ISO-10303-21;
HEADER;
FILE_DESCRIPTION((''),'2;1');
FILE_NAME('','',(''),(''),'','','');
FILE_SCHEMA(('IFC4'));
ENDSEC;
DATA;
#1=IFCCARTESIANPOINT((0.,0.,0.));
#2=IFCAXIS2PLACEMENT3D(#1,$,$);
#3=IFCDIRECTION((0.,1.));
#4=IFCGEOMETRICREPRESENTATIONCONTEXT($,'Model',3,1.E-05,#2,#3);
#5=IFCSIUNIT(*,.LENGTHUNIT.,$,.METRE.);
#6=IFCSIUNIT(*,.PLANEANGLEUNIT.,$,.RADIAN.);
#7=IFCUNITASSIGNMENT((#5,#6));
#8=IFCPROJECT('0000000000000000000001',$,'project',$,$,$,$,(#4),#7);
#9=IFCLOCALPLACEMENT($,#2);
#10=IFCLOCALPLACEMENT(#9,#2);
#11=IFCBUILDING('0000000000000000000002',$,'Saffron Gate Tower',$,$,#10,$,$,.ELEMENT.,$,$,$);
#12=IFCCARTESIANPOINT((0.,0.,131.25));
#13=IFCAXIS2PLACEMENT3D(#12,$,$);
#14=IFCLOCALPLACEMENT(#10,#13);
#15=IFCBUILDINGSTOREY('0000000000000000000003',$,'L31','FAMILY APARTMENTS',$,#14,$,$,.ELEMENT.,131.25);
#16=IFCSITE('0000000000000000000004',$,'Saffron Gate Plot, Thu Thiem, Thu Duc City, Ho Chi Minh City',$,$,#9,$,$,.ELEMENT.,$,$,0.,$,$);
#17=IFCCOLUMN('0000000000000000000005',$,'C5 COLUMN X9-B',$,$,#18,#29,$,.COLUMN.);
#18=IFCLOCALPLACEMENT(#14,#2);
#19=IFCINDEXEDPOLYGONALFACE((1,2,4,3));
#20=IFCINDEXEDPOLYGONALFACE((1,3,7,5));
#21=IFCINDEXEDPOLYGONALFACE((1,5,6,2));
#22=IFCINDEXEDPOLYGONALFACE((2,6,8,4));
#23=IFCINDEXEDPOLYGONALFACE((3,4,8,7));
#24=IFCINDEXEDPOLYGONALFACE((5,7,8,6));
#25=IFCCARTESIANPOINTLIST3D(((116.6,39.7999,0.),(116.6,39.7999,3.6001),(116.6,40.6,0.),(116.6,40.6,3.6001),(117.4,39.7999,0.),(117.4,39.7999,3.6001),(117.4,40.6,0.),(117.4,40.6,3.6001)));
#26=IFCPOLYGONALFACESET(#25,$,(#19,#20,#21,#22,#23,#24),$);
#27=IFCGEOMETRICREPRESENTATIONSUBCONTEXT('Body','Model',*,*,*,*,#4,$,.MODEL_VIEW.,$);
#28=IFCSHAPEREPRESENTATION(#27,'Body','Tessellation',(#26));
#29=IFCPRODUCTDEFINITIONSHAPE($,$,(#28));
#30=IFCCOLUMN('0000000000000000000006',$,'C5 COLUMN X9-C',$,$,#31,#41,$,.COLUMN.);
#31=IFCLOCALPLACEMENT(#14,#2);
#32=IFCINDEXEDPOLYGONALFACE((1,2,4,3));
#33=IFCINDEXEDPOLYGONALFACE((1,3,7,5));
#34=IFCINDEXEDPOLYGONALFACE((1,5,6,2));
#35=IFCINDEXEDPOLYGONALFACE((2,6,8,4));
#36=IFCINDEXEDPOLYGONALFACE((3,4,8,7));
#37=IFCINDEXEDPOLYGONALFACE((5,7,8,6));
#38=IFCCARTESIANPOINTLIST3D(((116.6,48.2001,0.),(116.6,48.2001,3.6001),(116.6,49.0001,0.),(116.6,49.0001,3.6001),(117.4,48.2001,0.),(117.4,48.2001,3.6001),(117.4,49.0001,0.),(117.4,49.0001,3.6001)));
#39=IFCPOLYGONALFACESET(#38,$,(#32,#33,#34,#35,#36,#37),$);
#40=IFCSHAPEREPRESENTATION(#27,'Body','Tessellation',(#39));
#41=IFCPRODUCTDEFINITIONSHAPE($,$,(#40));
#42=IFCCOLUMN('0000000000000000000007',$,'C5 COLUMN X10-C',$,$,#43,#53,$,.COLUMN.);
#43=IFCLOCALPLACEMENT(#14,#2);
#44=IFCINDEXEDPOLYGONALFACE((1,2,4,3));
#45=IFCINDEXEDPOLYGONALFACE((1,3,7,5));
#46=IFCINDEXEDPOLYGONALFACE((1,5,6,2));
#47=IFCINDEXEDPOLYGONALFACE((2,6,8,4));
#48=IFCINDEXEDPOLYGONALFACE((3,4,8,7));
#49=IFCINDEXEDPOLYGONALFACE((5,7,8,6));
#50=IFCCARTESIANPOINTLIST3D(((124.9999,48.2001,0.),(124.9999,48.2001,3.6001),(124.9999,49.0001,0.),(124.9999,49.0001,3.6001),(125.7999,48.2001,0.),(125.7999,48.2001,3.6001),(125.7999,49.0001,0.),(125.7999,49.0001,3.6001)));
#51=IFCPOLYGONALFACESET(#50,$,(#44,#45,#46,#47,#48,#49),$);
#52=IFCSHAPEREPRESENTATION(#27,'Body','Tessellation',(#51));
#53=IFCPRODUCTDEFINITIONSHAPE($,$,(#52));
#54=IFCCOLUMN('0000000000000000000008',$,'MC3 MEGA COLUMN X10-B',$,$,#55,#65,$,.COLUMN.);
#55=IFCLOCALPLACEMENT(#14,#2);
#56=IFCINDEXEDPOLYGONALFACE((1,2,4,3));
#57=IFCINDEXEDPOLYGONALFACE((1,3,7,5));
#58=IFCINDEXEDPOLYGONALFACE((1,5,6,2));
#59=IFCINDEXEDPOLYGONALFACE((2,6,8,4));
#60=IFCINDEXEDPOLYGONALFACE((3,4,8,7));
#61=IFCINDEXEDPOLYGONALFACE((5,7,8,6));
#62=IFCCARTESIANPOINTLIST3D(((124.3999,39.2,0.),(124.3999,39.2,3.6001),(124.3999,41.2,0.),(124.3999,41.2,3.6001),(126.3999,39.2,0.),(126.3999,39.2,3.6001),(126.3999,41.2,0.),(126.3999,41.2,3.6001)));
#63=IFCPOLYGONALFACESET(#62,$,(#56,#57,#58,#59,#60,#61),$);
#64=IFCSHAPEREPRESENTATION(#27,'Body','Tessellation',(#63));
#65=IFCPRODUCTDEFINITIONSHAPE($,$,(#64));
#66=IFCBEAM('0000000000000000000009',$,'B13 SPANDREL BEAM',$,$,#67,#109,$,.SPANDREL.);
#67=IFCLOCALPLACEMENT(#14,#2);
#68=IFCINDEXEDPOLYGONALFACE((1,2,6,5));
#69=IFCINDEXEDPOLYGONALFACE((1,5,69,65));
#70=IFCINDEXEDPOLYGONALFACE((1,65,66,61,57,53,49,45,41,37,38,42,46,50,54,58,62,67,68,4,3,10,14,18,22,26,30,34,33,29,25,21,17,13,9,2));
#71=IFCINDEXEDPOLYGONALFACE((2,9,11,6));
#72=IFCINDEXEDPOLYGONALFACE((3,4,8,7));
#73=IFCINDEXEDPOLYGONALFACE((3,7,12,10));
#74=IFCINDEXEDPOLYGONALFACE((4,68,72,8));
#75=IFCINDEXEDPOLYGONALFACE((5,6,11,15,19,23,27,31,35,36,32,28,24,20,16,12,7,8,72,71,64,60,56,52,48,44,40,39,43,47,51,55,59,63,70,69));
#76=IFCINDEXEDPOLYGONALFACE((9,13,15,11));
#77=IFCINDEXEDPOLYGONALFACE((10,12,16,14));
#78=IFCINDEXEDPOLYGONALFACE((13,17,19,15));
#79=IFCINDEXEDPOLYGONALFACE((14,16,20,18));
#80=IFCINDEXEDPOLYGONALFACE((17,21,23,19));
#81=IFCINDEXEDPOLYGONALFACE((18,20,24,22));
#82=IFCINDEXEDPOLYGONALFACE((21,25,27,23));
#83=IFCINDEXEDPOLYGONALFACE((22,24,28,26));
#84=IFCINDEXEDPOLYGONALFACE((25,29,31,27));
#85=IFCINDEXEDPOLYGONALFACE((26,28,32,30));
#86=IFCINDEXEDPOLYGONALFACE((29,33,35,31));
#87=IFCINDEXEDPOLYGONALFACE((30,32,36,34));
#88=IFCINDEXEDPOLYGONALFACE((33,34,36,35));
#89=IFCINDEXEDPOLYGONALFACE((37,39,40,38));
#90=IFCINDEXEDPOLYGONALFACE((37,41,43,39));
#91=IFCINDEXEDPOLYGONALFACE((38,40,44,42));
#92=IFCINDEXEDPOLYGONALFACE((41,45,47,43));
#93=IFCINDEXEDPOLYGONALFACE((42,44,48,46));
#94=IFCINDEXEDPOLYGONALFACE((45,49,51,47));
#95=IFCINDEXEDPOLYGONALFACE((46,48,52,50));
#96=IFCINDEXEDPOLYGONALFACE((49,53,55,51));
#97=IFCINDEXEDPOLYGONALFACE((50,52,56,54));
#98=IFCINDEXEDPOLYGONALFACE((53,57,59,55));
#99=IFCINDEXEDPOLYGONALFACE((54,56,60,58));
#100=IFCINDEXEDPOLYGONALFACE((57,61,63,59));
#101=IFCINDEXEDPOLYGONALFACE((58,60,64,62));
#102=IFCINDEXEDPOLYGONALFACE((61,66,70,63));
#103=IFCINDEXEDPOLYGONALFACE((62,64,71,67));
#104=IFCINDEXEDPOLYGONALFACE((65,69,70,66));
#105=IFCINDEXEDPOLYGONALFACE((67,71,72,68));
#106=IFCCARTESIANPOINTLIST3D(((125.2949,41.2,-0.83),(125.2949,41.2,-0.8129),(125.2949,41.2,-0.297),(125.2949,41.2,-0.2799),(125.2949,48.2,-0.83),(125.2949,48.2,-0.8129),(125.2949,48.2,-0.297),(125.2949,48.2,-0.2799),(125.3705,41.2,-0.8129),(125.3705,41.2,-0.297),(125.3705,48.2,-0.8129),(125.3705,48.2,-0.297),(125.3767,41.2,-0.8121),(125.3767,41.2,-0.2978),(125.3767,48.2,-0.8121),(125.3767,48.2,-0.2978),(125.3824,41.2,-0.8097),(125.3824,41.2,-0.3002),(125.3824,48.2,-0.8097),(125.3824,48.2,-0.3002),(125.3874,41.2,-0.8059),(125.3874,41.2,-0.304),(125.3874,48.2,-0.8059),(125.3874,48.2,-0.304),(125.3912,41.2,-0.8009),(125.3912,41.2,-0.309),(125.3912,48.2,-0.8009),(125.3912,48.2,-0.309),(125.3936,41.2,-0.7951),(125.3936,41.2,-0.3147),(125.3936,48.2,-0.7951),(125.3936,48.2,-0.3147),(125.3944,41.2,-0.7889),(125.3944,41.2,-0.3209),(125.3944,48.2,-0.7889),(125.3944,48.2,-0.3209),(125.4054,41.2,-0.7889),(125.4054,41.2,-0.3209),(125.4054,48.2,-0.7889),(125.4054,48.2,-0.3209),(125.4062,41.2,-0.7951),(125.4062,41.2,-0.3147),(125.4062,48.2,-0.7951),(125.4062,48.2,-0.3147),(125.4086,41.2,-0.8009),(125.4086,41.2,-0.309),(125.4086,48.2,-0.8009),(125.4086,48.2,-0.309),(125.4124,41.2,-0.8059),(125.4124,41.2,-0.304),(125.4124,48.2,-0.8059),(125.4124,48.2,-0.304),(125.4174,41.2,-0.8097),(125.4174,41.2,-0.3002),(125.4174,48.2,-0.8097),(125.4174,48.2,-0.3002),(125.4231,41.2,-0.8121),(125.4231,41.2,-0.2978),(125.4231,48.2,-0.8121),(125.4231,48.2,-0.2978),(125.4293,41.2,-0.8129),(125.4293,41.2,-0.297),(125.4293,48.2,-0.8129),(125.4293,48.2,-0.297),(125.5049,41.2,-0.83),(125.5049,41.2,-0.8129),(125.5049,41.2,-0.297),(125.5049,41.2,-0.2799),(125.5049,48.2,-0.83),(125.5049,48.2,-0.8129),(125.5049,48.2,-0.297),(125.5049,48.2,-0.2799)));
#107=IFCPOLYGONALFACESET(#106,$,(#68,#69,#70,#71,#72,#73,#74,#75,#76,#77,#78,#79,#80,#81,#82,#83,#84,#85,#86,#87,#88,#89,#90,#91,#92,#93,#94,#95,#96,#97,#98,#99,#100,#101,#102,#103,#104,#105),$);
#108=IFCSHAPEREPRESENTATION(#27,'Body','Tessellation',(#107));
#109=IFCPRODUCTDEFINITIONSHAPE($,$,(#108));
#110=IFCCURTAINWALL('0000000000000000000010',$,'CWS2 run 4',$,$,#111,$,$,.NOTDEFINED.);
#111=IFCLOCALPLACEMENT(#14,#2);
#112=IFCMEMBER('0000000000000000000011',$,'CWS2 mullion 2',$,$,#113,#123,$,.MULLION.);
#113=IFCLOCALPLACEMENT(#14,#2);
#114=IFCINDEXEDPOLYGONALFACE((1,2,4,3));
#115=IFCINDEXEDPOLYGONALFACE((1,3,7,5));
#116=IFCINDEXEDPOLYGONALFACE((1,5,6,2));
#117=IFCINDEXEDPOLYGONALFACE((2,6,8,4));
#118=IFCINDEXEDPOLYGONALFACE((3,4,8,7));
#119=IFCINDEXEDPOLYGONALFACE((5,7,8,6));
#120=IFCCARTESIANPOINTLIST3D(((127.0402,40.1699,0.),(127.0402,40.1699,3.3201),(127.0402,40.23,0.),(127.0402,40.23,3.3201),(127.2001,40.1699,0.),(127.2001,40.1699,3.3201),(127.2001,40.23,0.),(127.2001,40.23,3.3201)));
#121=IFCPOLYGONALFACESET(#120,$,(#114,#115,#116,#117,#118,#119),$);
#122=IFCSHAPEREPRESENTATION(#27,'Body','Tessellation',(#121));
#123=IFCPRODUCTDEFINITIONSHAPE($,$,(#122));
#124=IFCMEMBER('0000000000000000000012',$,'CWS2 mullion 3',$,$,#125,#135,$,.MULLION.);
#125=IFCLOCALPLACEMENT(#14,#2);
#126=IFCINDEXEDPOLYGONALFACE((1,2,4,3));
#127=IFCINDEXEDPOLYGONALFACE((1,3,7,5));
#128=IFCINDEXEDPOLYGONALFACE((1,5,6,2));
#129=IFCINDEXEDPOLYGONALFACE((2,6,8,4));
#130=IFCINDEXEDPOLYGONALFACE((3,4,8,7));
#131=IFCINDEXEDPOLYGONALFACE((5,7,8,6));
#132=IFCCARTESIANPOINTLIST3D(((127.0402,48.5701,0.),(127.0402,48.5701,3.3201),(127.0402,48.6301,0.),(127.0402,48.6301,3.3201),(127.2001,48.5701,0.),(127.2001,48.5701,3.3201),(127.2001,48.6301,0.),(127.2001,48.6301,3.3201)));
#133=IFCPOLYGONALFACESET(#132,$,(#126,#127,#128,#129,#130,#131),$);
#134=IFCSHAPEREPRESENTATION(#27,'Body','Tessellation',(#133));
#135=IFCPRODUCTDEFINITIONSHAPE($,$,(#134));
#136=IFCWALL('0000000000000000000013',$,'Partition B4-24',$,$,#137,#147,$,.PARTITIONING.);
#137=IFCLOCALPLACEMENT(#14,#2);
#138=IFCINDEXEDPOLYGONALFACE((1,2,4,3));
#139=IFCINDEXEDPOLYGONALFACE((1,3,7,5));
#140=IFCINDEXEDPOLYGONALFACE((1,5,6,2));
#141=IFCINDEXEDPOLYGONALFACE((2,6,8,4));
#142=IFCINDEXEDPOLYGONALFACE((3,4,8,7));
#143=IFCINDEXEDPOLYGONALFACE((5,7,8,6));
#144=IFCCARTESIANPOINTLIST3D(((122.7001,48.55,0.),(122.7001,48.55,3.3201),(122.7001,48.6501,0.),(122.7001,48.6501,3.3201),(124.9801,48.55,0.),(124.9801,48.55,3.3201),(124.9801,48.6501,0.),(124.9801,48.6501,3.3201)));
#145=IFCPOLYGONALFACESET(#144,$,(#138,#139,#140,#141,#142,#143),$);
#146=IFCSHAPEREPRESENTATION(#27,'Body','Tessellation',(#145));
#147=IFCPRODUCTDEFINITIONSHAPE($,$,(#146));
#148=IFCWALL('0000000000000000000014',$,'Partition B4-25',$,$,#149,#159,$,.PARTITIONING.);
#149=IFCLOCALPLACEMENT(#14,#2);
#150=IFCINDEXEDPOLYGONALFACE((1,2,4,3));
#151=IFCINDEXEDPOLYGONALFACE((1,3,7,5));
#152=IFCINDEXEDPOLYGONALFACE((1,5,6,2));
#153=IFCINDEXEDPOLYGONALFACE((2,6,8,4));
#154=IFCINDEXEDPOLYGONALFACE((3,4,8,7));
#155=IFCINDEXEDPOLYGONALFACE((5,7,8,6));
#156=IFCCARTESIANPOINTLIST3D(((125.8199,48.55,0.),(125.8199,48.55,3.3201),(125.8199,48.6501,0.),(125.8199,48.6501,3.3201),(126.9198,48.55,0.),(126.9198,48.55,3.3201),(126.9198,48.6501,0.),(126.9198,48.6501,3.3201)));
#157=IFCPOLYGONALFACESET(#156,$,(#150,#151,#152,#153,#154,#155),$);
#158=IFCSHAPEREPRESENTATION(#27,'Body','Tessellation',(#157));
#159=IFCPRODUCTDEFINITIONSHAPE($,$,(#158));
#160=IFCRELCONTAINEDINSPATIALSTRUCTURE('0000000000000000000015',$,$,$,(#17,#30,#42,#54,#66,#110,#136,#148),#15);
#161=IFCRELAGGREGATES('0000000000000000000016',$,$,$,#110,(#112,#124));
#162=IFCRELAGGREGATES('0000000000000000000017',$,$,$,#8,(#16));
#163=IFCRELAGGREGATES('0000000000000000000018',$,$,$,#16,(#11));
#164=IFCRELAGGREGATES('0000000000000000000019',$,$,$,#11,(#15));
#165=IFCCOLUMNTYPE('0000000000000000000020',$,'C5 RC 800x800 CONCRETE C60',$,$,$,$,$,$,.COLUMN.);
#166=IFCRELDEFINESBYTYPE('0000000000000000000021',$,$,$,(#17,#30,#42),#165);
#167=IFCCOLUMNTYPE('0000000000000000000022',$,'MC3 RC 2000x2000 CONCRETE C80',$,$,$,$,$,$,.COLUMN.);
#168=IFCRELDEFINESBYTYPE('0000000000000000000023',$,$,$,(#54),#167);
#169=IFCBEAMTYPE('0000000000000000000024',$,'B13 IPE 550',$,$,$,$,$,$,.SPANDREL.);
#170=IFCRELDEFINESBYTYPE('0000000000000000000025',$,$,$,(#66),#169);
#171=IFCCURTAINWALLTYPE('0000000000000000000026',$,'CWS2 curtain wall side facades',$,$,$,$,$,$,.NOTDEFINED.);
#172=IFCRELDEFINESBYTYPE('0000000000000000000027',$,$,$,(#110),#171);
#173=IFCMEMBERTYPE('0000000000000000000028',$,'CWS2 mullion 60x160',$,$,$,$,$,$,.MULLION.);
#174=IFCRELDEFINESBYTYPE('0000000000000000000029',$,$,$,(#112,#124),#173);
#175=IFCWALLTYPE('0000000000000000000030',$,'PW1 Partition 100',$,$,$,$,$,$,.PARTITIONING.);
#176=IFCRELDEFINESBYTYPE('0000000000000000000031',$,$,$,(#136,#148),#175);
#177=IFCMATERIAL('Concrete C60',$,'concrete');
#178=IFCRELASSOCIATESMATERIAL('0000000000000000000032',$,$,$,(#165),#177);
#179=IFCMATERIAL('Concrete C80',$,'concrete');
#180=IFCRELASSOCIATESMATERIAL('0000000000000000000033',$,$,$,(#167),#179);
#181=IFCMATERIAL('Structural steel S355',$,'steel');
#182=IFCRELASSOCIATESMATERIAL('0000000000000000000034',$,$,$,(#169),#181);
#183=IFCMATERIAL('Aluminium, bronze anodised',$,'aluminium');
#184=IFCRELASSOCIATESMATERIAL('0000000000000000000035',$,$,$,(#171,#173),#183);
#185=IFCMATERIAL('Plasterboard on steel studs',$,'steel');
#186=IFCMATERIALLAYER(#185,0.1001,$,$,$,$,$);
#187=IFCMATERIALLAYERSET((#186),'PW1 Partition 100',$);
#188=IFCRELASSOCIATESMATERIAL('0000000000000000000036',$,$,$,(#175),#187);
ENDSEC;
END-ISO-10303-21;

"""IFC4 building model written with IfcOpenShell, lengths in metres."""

from ifc_helpers import new_model, si_unit, direction, frame, frame_2d, origin, origin_2d, place, context, subcontext, project, spatial, rectangle, i_section, extrude, material, layer, layer_set, material_profile, profile_set, type_object, element, aggregate, save


model = new_model("IFC4")

# Units and contexts
model_context = context("Model", 3, precision=1e-05, world=origin(), true_north=direction((0.0, 1.0)))
body_context = subcontext(model_context, "Body", "Model", "MODEL_VIEW")
ifc_project = project(units=[si_unit("LENGTHUNIT", "METRE"), si_unit("PLANEANGLEUNIT", "RADIAN")], contexts=[model_context])

# Site, building, storey
site_placement = place(None, origin())
site = spatial("IfcSite", under=ifc_project, at=site_placement, Name="Saffron Gate Plot, Thu Thiem, Thu Duc City, Ho Chi Minh City", CompositionType="ELEMENT", RefElevation=0.0)
building_placement = place(site_placement, origin())
building = spatial("IfcBuilding", under=site, at=building_placement, Name="Saffron Gate Tower", CompositionType="ELEMENT")
storey_placement = place(building_placement, frame((0.0, 0.0, 131.25)))
storey = spatial("IfcBuildingStorey", under=building, at=storey_placement, Name="L31", Description="FAMILY APARTMENTS", CompositionType="ELEMENT", Elevation=131.25)

# Columns
ifc_material_1 = material(Name="Concrete C60", Category="concrete")
ifc_material_profile_1 = material_profile(ifc_material_1, rectangle(XDim=0.8, YDim=0.8, at=origin_2d()))
ifc_profile_set_1 = profile_set([ifc_material_profile_1], Name="Concrete C60")
column_type_1 = type_object("IfcColumnType", Name="C5 RC 800x800 CONCRETE C60", PredefinedType="COLUMN", material=ifc_profile_set_1)
for number, where, z_axis, x_axis, name in (
    (1, (117.0, 40.2, 0.0), (0.0, 0.0, 1.0), (1.0, 0.0, 0.0), "C5 COLUMN X9-B"),
    (2, (117.0, 48.6001, 0.0), (0.0, 0.0, 1.0), (1.0, 0.0, 0.0), "C5 COLUMN X9-C"),
    (3, (125.3999, 48.6001, 0.0), (0.0, 0.0, 1.0), (1.0, 0.0, 0.0), "C5 COLUMN X10-C"),
):
    element("IfcColumn", number, at=place(storey_placement, frame(where, z_axis=z_axis, x_axis=x_axis)), inside=storey, type_object=column_type_1, Name=name, PredefinedType="COLUMN", context=body_context, shape_type="SweptSolid", body=[
        extrude(rectangle(XDim=0.8, YDim=0.8, at=origin_2d()), origin(), (0.0, 0.0, 1.0), 3.6001),
    ])
ifc_material_2 = material(Name="Concrete C80", Category="concrete")
ifc_material_profile_2 = material_profile(ifc_material_2, rectangle(XDim=2.0, YDim=2.0, at=origin_2d()))
ifc_profile_set_2 = profile_set([ifc_material_profile_2], Name="Concrete C80")
column_type_2 = type_object("IfcColumnType", Name="MC3 RC 2000x2000 CONCRETE C80", PredefinedType="COLUMN", material=ifc_profile_set_2)
column_placement = place(storey_placement, frame((125.3999, 40.2, 0.0), z_axis=(0.0, 0.0, 1.0), x_axis=(1.0, 0.0, 0.0)))
element("IfcColumn", 4, at=column_placement, inside=storey, type_object=column_type_2, Name="MC3 MEGA COLUMN X10-B", PredefinedType="COLUMN", context=body_context, shape_type="SweptSolid", body=[
    extrude(rectangle(XDim=2.0, YDim=2.0, at=origin_2d()), origin(), (0.0, 0.0, 1.0), 3.6001),
])

# Beam
ifc_material_3 = material(Name="Structural steel S355", Category="steel")
ifc_material_profile_3 = material_profile(ifc_material_3, i_section(OverallWidth=0.21, OverallDepth=0.55, WebThickness=0.011, FlangeThickness=0.0171, FilletRadius=0.0239, at=origin_2d()))
ifc_profile_set_3 = profile_set([ifc_material_profile_3], Name="Structural steel S355")
beam_type = type_object("IfcBeamType", Name="B13 IPE 550", PredefinedType="SPANDREL", material=ifc_profile_set_3)
beam_placement = place(storey_placement, frame((125.3999, 41.2, -0.5549), z_axis=(0.0, 1.0, 0.0), x_axis=(-1.0, 0.0, 0.0)))
element("IfcBeam", 5, at=beam_placement, inside=storey, type_object=beam_type, Name="B13 SPANDREL BEAM", PredefinedType="SPANDREL", context=body_context, shape_type="SweptSolid", body=[
    extrude(i_section(OverallWidth=0.21, OverallDepth=0.55, WebThickness=0.011, FlangeThickness=0.0171, FilletRadius=0.0239, at=origin_2d()), origin(), (0.0, 0.0, 1.0), 7.0),
])

# Curtain wall, members
ifc_material_4 = material(Name="Aluminium, bronze anodised", Category="aluminium")
curtain_wall_type = type_object("IfcCurtainWallType", Name="CWS2 curtain wall side facades", PredefinedType="NOTDEFINED", material=ifc_material_4)
curtain_wall_placement = place(storey_placement, origin())
curtain_wall = element("IfcCurtainWall", 6, at=curtain_wall_placement, inside=storey, type_object=curtain_wall_type, Name="CWS2 run 4", PredefinedType="NOTDEFINED")
ifc_material_profile_4 = material_profile(ifc_material_4, rectangle(XDim=0.1599, YDim=0.0601, at=origin_2d()))
ifc_profile_set_4 = profile_set([ifc_material_profile_4], Name="Aluminium, bronze anodised")
member_type = type_object("IfcMemberType", Name="CWS2 mullion 60x160", PredefinedType="MULLION", material=ifc_profile_set_4)
member_1_placement = place(storey_placement, frame((127.1201, 40.2, 0.0), z_axis=(0.0, 0.0, 1.0), x_axis=(-1.0, 0.0, 0.0)))
member_1 = element("IfcMember", 7, at=member_1_placement, type_object=member_type, Name="CWS2 mullion 2", PredefinedType="MULLION", context=body_context, shape_type="SweptSolid", body=[
    extrude(rectangle(XDim=0.1599, YDim=0.0601, at=origin_2d()), origin(), (0.0, 0.0, 1.0), 3.3201),
])
member_2_placement = place(storey_placement, frame((127.1201, 48.6001, 0.0), z_axis=(0.0, 0.0, 1.0), x_axis=(-1.0, 0.0, 0.0)))
member_2 = element("IfcMember", 8, at=member_2_placement, type_object=member_type, Name="CWS2 mullion 3", PredefinedType="MULLION", context=body_context, shape_type="SweptSolid", body=[
    extrude(rectangle(XDim=0.1599, YDim=0.0601, at=origin_2d()), origin(), (0.0, 0.0, 1.0), 3.3201),
])
aggregate(curtain_wall, [member_1, member_2])

# Walls
ifc_material_5 = material(Name="Plasterboard on steel studs", Category="steel")
ifc_layer_1 = layer(ifc_material_5, 0.1001)
ifc_layer_set_1 = layer_set([ifc_layer_1], Name="PW1 Partition 100")
wall_type_1 = type_object("IfcWallType", Name="PW1 Partition 100", PredefinedType="PARTITIONING", material=ifc_layer_set_1)
wall_1_placement = place(storey_placement, frame((122.7, 48.6001, 0.0), z_axis=(0.0, 0.0, 1.0), x_axis=(1.0, 0.0, 0.0)))
element("IfcWall", 9, at=wall_1_placement, inside=storey, type_object=wall_type_1, Name="Partition B4-24", PredefinedType="PARTITIONING", context=body_context, shape_type="SweptSolid", body=[
    extrude(rectangle(XDim=2.28, YDim=0.1001, at=frame_2d((1.1401, 0.0))), origin(), (0.0, 0.0, 1.0), 3.3201),
])
wall_2_placement = place(storey_placement, frame((125.8201, 48.6001, 0.0), z_axis=(0.0, 0.0, 1.0), x_axis=(1.0, 0.0, 0.0)))
element("IfcWall", 10, at=wall_2_placement, inside=storey, type_object=wall_type_1, Name="Partition B4-25", PredefinedType="PARTITIONING", context=body_context, shape_type="SweptSolid", body=[
    extrude(rectangle(XDim=1.0999, YDim=0.1001, at=frame_2d((0.5498, 0.0))), origin(), (0.0, 0.0, 1.0), 3.3201),
])

save(model, "model.ifc")
